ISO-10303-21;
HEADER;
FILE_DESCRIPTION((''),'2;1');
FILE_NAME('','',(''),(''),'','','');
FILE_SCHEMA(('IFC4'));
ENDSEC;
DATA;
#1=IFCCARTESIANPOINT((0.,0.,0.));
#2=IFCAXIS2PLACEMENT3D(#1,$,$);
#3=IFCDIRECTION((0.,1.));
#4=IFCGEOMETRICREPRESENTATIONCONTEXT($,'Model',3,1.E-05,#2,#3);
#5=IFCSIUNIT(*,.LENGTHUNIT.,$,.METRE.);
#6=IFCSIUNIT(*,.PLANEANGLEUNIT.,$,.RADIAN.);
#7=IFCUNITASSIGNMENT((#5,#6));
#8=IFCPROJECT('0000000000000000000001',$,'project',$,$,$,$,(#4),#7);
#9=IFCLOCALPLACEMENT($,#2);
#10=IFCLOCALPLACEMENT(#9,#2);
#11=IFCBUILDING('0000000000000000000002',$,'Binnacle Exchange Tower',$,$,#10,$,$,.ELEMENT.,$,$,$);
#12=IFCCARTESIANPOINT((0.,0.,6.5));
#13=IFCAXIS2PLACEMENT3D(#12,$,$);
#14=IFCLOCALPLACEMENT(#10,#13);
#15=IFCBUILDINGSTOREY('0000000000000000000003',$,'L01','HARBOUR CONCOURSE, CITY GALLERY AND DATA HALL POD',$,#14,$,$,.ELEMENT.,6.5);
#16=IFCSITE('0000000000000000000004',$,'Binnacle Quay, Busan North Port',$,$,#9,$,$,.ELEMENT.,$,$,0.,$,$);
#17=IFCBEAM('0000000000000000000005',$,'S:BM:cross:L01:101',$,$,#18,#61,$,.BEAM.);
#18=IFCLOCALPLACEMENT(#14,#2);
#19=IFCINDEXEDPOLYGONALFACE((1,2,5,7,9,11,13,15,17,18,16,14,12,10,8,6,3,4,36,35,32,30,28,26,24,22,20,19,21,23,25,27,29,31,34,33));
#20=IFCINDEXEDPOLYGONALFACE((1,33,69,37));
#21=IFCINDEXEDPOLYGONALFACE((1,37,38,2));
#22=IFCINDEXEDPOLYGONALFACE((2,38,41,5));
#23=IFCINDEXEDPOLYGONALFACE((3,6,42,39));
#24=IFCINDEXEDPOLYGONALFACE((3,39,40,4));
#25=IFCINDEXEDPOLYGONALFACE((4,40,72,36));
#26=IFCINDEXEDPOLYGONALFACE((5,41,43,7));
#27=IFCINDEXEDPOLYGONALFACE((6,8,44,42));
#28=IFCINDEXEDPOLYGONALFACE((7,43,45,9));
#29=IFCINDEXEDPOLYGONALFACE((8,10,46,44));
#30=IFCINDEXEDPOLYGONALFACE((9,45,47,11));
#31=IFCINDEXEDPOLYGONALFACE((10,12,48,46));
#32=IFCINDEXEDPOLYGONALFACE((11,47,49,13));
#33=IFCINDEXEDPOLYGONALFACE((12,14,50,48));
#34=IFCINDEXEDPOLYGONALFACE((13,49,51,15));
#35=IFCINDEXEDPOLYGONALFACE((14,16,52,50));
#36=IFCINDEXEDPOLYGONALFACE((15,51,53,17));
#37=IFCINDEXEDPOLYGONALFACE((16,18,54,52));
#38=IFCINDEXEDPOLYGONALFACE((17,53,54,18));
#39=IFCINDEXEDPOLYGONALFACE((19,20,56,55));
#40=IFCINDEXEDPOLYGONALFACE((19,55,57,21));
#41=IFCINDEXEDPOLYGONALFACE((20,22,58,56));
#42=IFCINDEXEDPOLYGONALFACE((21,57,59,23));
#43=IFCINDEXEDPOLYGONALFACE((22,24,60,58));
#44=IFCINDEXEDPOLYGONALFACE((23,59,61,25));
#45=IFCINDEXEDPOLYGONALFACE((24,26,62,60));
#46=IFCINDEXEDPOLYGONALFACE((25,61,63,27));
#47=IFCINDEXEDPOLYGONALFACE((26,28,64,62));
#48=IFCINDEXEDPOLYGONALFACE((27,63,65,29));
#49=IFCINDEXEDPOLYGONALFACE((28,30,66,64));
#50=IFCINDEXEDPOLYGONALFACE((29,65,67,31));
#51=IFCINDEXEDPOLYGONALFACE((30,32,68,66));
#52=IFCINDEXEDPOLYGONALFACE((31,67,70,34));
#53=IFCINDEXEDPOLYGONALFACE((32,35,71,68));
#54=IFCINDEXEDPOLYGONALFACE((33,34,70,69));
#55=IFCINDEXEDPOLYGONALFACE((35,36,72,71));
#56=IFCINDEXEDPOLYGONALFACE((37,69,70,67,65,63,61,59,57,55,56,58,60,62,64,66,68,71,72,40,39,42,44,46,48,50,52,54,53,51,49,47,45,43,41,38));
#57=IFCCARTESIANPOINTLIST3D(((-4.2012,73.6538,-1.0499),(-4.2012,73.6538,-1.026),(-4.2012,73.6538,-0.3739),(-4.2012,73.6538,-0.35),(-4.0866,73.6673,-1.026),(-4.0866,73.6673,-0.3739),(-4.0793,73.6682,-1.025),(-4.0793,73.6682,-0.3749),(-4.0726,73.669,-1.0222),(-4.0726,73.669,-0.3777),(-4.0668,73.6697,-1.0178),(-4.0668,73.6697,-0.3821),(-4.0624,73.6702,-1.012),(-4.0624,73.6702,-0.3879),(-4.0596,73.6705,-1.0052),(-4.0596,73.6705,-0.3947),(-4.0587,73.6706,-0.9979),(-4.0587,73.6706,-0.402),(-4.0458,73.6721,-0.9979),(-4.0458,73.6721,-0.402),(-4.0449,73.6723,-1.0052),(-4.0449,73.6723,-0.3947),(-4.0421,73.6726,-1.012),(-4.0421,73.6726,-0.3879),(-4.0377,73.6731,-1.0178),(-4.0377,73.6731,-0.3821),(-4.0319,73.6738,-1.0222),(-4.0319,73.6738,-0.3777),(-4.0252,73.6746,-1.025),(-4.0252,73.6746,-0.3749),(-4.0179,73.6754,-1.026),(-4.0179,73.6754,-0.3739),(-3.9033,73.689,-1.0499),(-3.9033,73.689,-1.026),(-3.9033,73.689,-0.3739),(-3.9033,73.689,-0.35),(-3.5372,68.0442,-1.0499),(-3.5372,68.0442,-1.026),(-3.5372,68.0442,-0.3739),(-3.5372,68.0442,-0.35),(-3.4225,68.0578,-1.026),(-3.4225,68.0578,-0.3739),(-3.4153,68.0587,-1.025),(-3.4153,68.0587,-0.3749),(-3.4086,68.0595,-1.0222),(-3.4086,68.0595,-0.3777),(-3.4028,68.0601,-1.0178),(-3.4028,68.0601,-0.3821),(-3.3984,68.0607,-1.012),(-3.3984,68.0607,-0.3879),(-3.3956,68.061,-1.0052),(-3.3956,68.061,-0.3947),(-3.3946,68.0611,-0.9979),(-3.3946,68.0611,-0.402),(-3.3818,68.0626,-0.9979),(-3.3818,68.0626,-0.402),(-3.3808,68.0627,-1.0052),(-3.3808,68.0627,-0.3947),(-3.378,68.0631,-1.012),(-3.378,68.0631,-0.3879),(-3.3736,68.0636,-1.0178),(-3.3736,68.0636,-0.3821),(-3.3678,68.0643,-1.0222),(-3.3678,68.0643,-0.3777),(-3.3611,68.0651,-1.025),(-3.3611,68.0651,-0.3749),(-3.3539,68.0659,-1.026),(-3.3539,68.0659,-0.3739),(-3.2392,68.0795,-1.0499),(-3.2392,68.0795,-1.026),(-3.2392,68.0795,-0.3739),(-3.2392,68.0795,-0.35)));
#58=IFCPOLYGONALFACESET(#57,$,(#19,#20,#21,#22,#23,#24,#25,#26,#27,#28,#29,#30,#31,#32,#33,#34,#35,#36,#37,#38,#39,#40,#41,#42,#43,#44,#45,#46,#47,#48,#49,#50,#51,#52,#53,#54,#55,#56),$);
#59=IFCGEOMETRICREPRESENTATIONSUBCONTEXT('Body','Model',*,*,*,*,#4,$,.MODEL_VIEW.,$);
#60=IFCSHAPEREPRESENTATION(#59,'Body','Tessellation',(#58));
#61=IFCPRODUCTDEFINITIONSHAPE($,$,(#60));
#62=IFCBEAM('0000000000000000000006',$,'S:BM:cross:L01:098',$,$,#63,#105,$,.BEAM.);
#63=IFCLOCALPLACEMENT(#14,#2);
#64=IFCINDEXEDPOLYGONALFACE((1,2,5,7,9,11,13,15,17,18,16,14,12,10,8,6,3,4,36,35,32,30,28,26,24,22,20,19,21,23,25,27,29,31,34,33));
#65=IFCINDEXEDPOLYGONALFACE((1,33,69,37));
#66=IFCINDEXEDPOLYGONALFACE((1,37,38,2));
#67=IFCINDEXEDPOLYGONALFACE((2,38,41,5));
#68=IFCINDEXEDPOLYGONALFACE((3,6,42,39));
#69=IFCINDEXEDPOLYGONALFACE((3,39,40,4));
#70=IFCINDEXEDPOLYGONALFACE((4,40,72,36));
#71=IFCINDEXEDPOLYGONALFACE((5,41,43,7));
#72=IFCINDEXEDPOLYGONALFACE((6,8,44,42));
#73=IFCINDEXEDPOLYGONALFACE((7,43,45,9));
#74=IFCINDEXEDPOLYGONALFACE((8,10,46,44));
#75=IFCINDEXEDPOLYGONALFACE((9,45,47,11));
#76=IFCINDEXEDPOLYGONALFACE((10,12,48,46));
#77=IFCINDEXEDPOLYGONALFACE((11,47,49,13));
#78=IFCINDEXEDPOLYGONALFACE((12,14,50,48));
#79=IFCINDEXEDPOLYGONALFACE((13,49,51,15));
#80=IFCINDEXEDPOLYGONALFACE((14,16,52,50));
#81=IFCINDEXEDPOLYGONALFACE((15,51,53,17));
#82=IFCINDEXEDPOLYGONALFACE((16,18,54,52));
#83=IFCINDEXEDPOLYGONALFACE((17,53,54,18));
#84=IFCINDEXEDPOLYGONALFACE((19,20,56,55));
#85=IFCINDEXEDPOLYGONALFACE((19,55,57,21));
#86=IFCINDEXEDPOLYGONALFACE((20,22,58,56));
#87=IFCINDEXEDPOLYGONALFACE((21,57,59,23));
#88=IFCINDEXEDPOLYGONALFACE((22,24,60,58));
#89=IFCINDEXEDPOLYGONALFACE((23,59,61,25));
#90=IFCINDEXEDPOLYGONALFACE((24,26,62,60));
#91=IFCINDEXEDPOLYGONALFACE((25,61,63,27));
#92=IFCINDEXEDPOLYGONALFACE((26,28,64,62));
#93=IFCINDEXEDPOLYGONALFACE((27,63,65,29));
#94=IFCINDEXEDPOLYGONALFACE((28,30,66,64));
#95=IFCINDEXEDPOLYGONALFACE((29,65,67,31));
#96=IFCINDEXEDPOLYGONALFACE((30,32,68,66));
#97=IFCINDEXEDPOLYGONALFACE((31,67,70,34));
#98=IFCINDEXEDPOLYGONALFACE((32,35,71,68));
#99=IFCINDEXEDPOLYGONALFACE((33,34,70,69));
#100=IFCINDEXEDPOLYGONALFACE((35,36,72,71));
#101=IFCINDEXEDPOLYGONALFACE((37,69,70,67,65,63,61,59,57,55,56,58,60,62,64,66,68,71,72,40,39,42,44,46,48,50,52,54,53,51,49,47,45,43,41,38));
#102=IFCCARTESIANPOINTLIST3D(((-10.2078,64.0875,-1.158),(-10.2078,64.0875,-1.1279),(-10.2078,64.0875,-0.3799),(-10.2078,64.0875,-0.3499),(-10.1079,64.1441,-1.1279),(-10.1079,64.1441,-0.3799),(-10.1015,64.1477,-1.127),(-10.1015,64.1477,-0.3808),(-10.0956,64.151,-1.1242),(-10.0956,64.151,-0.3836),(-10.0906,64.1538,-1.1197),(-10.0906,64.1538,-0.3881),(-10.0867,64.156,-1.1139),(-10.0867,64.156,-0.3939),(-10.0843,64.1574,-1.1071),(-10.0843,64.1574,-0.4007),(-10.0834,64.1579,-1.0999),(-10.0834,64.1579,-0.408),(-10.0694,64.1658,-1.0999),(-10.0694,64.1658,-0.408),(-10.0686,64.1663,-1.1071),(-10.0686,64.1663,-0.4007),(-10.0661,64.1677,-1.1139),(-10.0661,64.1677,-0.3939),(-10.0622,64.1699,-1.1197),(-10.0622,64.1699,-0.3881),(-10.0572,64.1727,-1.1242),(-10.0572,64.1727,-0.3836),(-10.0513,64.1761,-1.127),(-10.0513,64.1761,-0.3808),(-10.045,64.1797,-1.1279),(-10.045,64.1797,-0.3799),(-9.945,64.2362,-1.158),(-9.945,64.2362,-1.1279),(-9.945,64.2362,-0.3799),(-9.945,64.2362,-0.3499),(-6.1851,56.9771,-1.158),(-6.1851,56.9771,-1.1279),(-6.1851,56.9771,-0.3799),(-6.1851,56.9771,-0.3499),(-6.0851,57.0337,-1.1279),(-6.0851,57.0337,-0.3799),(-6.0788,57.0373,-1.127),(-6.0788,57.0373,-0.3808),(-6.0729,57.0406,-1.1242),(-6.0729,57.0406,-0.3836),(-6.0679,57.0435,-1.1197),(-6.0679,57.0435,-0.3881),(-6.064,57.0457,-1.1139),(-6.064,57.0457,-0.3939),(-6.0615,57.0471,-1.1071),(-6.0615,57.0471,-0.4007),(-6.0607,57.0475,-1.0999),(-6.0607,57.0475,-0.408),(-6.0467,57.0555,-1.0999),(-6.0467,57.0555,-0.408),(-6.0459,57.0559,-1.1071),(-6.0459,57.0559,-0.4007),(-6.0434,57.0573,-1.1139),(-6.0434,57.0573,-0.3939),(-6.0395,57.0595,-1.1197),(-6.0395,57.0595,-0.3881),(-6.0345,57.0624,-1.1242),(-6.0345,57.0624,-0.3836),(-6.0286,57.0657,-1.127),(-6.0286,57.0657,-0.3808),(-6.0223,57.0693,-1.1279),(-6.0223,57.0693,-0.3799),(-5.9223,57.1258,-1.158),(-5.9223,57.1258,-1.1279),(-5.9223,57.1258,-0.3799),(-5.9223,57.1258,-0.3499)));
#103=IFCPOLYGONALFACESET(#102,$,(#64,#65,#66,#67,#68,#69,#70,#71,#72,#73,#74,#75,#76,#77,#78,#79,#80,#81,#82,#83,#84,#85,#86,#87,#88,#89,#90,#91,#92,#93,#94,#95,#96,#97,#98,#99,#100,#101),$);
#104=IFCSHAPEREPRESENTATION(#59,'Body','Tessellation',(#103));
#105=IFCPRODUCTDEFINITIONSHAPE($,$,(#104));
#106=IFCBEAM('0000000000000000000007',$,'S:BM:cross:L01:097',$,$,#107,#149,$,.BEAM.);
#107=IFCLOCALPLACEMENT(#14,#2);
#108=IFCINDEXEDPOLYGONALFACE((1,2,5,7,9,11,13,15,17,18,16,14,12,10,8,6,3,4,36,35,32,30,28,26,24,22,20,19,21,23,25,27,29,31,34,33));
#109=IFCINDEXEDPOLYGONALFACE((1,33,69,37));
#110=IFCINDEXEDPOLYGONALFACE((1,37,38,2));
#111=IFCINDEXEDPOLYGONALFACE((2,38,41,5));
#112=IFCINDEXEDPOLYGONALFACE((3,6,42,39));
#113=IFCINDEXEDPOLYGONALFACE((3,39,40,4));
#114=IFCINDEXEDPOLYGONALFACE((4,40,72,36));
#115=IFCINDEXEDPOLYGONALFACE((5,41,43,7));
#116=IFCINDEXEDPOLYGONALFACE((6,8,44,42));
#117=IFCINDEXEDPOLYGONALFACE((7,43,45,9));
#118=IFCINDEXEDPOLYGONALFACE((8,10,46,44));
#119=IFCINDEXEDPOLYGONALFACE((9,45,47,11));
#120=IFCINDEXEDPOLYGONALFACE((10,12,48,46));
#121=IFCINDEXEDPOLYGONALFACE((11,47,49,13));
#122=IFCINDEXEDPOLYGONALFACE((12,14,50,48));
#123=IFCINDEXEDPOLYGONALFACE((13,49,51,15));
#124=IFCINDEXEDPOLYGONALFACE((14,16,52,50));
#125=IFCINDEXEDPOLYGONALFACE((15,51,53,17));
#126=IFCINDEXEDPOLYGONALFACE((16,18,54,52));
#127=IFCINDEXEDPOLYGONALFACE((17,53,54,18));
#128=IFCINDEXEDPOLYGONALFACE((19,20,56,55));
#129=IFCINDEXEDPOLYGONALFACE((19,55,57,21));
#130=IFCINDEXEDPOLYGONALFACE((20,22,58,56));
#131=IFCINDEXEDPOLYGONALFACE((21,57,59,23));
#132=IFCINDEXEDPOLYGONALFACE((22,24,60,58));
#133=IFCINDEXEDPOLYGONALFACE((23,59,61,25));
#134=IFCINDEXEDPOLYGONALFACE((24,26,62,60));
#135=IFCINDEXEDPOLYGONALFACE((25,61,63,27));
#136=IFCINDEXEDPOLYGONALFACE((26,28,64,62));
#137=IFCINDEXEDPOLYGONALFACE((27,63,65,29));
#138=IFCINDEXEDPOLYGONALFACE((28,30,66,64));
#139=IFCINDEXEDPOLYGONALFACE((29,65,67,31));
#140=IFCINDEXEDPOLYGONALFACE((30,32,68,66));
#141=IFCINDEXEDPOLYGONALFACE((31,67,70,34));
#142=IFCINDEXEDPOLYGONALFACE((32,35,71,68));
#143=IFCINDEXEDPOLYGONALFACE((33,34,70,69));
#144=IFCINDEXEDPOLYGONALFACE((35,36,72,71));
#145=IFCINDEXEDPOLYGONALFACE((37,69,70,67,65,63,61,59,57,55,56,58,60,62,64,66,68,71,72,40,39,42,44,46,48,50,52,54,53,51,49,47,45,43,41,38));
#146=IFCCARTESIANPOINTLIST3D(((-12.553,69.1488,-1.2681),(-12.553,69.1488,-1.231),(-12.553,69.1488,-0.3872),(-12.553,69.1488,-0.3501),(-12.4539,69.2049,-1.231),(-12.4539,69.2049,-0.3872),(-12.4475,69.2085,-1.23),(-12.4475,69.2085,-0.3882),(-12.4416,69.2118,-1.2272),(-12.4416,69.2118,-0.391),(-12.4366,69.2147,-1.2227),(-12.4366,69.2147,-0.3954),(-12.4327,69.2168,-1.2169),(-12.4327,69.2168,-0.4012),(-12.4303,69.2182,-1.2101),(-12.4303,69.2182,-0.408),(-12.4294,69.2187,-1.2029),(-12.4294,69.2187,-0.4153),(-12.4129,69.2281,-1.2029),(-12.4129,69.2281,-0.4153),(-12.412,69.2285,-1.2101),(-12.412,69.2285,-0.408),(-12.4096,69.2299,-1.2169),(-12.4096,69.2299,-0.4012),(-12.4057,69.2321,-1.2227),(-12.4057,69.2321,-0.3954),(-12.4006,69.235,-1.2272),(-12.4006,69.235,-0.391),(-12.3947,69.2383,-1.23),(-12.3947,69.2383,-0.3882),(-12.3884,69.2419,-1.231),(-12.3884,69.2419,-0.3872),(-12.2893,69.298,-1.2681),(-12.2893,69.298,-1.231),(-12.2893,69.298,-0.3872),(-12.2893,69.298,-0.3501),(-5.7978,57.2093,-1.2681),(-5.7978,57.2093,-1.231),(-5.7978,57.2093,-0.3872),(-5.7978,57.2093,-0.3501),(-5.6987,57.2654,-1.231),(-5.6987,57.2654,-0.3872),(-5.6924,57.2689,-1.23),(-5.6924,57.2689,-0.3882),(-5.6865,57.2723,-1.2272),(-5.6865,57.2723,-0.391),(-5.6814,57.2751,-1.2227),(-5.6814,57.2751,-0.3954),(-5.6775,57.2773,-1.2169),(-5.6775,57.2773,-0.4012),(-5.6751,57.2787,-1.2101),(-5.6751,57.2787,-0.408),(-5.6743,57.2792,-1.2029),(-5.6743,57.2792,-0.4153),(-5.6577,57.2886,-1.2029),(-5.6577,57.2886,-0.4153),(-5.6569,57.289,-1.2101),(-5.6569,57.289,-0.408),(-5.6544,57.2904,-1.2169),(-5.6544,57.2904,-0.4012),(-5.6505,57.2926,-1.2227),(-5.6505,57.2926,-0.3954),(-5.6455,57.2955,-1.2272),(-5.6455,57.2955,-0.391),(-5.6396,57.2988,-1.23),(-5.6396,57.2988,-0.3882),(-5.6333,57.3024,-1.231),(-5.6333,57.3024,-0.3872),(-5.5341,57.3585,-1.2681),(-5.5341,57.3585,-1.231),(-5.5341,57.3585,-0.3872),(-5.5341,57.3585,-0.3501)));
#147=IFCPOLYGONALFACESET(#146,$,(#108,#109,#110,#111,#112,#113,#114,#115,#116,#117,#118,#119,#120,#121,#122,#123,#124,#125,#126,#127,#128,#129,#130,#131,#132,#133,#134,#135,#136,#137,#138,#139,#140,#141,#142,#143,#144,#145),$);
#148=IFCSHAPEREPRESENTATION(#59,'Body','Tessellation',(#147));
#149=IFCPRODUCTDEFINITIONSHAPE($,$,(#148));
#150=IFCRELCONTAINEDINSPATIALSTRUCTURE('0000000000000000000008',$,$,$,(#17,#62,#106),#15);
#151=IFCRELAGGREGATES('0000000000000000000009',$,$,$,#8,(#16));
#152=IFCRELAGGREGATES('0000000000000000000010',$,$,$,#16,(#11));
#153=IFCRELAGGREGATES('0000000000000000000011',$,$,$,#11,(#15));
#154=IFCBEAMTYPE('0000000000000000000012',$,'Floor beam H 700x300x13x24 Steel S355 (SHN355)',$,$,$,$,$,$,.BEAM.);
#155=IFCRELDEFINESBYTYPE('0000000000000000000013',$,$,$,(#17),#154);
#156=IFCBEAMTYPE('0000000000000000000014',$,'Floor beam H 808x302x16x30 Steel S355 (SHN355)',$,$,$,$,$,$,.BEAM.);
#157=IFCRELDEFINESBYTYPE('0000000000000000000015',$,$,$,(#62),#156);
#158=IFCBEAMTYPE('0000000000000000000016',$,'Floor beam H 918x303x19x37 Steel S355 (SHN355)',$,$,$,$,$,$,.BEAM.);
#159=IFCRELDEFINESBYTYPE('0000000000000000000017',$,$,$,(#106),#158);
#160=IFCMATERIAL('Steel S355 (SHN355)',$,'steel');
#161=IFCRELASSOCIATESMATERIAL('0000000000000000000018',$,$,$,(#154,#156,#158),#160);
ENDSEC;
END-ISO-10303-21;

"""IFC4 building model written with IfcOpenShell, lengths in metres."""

from ifc_helpers import new_model, si_unit, direction, frame, origin, origin_2d, place, context, subcontext, project, spatial, i_section, extrude, material, material_profile, profile_set, type_object, element, save


model = new_model("IFC4")

# Units and contexts
model_context = context("Model", 3, precision=1e-05, world=origin(), true_north=direction((0.0, 1.0)))
body_context = subcontext(model_context, "Body", "Model", "MODEL_VIEW")
ifc_project = project(units=[si_unit("LENGTHUNIT", "METRE"), si_unit("PLANEANGLEUNIT", "RADIAN")], contexts=[model_context])

# Site, building, storey
site_placement = place(None, origin())
site = spatial("IfcSite", under=ifc_project, at=site_placement, Name="Binnacle Quay, Busan North Port", CompositionType="ELEMENT", RefElevation=0.0)
building_placement = place(site_placement, origin())
building = spatial("IfcBuilding", under=site, at=building_placement, Name="Binnacle Exchange Tower", CompositionType="ELEMENT")
storey_placement = place(building_placement, frame((0.0, 0.0, 6.5)))
storey = spatial("IfcBuildingStorey", under=building, at=storey_placement, Name="L01", Description="HARBOUR CONCOURSE, CITY GALLERY AND DATA HALL POD", CompositionType="ELEMENT", Elevation=6.5)

# Beams
ifc_material_1 = material(Name="Steel S355 (SHN355)", Category="steel")
ifc_material_profile_1 = material_profile(ifc_material_1, i_section(OverallWidth=0.3, OverallDepth=0.7, WebThickness=0.0129, FlangeThickness=0.0239, FilletRadius=0.0281, at=origin_2d()), Name="H 700x300x13x24")
ifc_profile_set_1 = profile_set([ifc_material_profile_1], Name="Steel S355 (SHN355)")
beam_type_1 = type_object("IfcBeamType", Name="Floor beam H 700x300x13x24 Steel S355 (SHN355)", PredefinedType="BEAM", material=ifc_profile_set_1)
beam_1_placement = place(storey_placement, frame((-4.0522, 73.6714, -0.7), z_axis=(0.117558, -0.993066, 0.0), x_axis=(0.993066, 0.117558, 0.0)))
element("IfcBeam", 1, at=beam_1_placement, inside=storey, type_object=beam_type_1, Name="S:BM:cross:L01:101", PredefinedType="BEAM", context=body_context, shape_type="SweptSolid", body=[
    extrude(i_section(OverallWidth=0.3, OverallDepth=0.7, WebThickness=0.0129, FlangeThickness=0.0239, FilletRadius=0.0281, at=origin_2d()), origin(), (0.0, 0.0, 1.0), 5.6487),
])
ifc_material_profile_2 = material_profile(ifc_material_1, i_section(OverallWidth=0.302, OverallDepth=0.8081, WebThickness=0.0161, FlangeThickness=0.03, FilletRadius=0.0281, at=origin_2d()), Name="H 808x302x16x30")
ifc_profile_set_2 = profile_set([ifc_material_profile_2], Name="Steel S355 (SHN355)")
beam_type_2 = type_object("IfcBeamType", Name="Floor beam H 808x302x16x30 Steel S355 (SHN355)", PredefinedType="BEAM", material=ifc_profile_set_2)
beam_2_placement = place(storey_placement, frame((-10.0764, 64.1619, -0.7539), z_axis=(0.492411, -0.870363, 0.0), x_axis=(0.870363, 0.492411, 0.0)))
element("IfcBeam", 2, at=beam_2_placement, inside=storey, type_object=beam_type_2, Name="S:BM:cross:L01:098", PredefinedType="BEAM", context=body_context, shape_type="SweptSolid", body=[
    extrude(i_section(OverallWidth=0.302, OverallDepth=0.8081, WebThickness=0.0161, FlangeThickness=0.03, FilletRadius=0.0281, at=origin_2d()), origin(), (0.0, 0.0, 1.0), 8.1694),
])
ifc_material_profile_3 = material_profile(ifc_material_1, i_section(OverallWidth=0.303, OverallDepth=0.918, WebThickness=0.019, FlangeThickness=0.0371, FilletRadius=0.0281, at=origin_2d()), Name="H 918x303x19x37")
ifc_profile_set_3 = profile_set([ifc_material_profile_3], Name="Steel S355 (SHN355)")
beam_type_3 = type_object("IfcBeamType", Name="Floor beam H 918x303x19x37 Steel S355 (SHN355)", PredefinedType="BEAM", material=ifc_profile_set_3)
beam_3_placement = place(storey_placement, frame((-12.4211, 69.2234, -0.8091), z_axis=(0.49243, -0.870352, 0.0), x_axis=(0.870352, 0.49243, 0.0)))
element("IfcBeam", 3, at=beam_3_placement, inside=storey, type_object=beam_type_3, Name="S:BM:cross:L01:097", PredefinedType="BEAM", context=body_context, shape_type="SweptSolid", body=[
    extrude(i_section(OverallWidth=0.303, OverallDepth=0.918, WebThickness=0.019, FlangeThickness=0.0371, FilletRadius=0.0281, at=origin_2d()), origin(), (0.0, 0.0, 1.0), 13.718),
])

save(model, "model.ifc")
